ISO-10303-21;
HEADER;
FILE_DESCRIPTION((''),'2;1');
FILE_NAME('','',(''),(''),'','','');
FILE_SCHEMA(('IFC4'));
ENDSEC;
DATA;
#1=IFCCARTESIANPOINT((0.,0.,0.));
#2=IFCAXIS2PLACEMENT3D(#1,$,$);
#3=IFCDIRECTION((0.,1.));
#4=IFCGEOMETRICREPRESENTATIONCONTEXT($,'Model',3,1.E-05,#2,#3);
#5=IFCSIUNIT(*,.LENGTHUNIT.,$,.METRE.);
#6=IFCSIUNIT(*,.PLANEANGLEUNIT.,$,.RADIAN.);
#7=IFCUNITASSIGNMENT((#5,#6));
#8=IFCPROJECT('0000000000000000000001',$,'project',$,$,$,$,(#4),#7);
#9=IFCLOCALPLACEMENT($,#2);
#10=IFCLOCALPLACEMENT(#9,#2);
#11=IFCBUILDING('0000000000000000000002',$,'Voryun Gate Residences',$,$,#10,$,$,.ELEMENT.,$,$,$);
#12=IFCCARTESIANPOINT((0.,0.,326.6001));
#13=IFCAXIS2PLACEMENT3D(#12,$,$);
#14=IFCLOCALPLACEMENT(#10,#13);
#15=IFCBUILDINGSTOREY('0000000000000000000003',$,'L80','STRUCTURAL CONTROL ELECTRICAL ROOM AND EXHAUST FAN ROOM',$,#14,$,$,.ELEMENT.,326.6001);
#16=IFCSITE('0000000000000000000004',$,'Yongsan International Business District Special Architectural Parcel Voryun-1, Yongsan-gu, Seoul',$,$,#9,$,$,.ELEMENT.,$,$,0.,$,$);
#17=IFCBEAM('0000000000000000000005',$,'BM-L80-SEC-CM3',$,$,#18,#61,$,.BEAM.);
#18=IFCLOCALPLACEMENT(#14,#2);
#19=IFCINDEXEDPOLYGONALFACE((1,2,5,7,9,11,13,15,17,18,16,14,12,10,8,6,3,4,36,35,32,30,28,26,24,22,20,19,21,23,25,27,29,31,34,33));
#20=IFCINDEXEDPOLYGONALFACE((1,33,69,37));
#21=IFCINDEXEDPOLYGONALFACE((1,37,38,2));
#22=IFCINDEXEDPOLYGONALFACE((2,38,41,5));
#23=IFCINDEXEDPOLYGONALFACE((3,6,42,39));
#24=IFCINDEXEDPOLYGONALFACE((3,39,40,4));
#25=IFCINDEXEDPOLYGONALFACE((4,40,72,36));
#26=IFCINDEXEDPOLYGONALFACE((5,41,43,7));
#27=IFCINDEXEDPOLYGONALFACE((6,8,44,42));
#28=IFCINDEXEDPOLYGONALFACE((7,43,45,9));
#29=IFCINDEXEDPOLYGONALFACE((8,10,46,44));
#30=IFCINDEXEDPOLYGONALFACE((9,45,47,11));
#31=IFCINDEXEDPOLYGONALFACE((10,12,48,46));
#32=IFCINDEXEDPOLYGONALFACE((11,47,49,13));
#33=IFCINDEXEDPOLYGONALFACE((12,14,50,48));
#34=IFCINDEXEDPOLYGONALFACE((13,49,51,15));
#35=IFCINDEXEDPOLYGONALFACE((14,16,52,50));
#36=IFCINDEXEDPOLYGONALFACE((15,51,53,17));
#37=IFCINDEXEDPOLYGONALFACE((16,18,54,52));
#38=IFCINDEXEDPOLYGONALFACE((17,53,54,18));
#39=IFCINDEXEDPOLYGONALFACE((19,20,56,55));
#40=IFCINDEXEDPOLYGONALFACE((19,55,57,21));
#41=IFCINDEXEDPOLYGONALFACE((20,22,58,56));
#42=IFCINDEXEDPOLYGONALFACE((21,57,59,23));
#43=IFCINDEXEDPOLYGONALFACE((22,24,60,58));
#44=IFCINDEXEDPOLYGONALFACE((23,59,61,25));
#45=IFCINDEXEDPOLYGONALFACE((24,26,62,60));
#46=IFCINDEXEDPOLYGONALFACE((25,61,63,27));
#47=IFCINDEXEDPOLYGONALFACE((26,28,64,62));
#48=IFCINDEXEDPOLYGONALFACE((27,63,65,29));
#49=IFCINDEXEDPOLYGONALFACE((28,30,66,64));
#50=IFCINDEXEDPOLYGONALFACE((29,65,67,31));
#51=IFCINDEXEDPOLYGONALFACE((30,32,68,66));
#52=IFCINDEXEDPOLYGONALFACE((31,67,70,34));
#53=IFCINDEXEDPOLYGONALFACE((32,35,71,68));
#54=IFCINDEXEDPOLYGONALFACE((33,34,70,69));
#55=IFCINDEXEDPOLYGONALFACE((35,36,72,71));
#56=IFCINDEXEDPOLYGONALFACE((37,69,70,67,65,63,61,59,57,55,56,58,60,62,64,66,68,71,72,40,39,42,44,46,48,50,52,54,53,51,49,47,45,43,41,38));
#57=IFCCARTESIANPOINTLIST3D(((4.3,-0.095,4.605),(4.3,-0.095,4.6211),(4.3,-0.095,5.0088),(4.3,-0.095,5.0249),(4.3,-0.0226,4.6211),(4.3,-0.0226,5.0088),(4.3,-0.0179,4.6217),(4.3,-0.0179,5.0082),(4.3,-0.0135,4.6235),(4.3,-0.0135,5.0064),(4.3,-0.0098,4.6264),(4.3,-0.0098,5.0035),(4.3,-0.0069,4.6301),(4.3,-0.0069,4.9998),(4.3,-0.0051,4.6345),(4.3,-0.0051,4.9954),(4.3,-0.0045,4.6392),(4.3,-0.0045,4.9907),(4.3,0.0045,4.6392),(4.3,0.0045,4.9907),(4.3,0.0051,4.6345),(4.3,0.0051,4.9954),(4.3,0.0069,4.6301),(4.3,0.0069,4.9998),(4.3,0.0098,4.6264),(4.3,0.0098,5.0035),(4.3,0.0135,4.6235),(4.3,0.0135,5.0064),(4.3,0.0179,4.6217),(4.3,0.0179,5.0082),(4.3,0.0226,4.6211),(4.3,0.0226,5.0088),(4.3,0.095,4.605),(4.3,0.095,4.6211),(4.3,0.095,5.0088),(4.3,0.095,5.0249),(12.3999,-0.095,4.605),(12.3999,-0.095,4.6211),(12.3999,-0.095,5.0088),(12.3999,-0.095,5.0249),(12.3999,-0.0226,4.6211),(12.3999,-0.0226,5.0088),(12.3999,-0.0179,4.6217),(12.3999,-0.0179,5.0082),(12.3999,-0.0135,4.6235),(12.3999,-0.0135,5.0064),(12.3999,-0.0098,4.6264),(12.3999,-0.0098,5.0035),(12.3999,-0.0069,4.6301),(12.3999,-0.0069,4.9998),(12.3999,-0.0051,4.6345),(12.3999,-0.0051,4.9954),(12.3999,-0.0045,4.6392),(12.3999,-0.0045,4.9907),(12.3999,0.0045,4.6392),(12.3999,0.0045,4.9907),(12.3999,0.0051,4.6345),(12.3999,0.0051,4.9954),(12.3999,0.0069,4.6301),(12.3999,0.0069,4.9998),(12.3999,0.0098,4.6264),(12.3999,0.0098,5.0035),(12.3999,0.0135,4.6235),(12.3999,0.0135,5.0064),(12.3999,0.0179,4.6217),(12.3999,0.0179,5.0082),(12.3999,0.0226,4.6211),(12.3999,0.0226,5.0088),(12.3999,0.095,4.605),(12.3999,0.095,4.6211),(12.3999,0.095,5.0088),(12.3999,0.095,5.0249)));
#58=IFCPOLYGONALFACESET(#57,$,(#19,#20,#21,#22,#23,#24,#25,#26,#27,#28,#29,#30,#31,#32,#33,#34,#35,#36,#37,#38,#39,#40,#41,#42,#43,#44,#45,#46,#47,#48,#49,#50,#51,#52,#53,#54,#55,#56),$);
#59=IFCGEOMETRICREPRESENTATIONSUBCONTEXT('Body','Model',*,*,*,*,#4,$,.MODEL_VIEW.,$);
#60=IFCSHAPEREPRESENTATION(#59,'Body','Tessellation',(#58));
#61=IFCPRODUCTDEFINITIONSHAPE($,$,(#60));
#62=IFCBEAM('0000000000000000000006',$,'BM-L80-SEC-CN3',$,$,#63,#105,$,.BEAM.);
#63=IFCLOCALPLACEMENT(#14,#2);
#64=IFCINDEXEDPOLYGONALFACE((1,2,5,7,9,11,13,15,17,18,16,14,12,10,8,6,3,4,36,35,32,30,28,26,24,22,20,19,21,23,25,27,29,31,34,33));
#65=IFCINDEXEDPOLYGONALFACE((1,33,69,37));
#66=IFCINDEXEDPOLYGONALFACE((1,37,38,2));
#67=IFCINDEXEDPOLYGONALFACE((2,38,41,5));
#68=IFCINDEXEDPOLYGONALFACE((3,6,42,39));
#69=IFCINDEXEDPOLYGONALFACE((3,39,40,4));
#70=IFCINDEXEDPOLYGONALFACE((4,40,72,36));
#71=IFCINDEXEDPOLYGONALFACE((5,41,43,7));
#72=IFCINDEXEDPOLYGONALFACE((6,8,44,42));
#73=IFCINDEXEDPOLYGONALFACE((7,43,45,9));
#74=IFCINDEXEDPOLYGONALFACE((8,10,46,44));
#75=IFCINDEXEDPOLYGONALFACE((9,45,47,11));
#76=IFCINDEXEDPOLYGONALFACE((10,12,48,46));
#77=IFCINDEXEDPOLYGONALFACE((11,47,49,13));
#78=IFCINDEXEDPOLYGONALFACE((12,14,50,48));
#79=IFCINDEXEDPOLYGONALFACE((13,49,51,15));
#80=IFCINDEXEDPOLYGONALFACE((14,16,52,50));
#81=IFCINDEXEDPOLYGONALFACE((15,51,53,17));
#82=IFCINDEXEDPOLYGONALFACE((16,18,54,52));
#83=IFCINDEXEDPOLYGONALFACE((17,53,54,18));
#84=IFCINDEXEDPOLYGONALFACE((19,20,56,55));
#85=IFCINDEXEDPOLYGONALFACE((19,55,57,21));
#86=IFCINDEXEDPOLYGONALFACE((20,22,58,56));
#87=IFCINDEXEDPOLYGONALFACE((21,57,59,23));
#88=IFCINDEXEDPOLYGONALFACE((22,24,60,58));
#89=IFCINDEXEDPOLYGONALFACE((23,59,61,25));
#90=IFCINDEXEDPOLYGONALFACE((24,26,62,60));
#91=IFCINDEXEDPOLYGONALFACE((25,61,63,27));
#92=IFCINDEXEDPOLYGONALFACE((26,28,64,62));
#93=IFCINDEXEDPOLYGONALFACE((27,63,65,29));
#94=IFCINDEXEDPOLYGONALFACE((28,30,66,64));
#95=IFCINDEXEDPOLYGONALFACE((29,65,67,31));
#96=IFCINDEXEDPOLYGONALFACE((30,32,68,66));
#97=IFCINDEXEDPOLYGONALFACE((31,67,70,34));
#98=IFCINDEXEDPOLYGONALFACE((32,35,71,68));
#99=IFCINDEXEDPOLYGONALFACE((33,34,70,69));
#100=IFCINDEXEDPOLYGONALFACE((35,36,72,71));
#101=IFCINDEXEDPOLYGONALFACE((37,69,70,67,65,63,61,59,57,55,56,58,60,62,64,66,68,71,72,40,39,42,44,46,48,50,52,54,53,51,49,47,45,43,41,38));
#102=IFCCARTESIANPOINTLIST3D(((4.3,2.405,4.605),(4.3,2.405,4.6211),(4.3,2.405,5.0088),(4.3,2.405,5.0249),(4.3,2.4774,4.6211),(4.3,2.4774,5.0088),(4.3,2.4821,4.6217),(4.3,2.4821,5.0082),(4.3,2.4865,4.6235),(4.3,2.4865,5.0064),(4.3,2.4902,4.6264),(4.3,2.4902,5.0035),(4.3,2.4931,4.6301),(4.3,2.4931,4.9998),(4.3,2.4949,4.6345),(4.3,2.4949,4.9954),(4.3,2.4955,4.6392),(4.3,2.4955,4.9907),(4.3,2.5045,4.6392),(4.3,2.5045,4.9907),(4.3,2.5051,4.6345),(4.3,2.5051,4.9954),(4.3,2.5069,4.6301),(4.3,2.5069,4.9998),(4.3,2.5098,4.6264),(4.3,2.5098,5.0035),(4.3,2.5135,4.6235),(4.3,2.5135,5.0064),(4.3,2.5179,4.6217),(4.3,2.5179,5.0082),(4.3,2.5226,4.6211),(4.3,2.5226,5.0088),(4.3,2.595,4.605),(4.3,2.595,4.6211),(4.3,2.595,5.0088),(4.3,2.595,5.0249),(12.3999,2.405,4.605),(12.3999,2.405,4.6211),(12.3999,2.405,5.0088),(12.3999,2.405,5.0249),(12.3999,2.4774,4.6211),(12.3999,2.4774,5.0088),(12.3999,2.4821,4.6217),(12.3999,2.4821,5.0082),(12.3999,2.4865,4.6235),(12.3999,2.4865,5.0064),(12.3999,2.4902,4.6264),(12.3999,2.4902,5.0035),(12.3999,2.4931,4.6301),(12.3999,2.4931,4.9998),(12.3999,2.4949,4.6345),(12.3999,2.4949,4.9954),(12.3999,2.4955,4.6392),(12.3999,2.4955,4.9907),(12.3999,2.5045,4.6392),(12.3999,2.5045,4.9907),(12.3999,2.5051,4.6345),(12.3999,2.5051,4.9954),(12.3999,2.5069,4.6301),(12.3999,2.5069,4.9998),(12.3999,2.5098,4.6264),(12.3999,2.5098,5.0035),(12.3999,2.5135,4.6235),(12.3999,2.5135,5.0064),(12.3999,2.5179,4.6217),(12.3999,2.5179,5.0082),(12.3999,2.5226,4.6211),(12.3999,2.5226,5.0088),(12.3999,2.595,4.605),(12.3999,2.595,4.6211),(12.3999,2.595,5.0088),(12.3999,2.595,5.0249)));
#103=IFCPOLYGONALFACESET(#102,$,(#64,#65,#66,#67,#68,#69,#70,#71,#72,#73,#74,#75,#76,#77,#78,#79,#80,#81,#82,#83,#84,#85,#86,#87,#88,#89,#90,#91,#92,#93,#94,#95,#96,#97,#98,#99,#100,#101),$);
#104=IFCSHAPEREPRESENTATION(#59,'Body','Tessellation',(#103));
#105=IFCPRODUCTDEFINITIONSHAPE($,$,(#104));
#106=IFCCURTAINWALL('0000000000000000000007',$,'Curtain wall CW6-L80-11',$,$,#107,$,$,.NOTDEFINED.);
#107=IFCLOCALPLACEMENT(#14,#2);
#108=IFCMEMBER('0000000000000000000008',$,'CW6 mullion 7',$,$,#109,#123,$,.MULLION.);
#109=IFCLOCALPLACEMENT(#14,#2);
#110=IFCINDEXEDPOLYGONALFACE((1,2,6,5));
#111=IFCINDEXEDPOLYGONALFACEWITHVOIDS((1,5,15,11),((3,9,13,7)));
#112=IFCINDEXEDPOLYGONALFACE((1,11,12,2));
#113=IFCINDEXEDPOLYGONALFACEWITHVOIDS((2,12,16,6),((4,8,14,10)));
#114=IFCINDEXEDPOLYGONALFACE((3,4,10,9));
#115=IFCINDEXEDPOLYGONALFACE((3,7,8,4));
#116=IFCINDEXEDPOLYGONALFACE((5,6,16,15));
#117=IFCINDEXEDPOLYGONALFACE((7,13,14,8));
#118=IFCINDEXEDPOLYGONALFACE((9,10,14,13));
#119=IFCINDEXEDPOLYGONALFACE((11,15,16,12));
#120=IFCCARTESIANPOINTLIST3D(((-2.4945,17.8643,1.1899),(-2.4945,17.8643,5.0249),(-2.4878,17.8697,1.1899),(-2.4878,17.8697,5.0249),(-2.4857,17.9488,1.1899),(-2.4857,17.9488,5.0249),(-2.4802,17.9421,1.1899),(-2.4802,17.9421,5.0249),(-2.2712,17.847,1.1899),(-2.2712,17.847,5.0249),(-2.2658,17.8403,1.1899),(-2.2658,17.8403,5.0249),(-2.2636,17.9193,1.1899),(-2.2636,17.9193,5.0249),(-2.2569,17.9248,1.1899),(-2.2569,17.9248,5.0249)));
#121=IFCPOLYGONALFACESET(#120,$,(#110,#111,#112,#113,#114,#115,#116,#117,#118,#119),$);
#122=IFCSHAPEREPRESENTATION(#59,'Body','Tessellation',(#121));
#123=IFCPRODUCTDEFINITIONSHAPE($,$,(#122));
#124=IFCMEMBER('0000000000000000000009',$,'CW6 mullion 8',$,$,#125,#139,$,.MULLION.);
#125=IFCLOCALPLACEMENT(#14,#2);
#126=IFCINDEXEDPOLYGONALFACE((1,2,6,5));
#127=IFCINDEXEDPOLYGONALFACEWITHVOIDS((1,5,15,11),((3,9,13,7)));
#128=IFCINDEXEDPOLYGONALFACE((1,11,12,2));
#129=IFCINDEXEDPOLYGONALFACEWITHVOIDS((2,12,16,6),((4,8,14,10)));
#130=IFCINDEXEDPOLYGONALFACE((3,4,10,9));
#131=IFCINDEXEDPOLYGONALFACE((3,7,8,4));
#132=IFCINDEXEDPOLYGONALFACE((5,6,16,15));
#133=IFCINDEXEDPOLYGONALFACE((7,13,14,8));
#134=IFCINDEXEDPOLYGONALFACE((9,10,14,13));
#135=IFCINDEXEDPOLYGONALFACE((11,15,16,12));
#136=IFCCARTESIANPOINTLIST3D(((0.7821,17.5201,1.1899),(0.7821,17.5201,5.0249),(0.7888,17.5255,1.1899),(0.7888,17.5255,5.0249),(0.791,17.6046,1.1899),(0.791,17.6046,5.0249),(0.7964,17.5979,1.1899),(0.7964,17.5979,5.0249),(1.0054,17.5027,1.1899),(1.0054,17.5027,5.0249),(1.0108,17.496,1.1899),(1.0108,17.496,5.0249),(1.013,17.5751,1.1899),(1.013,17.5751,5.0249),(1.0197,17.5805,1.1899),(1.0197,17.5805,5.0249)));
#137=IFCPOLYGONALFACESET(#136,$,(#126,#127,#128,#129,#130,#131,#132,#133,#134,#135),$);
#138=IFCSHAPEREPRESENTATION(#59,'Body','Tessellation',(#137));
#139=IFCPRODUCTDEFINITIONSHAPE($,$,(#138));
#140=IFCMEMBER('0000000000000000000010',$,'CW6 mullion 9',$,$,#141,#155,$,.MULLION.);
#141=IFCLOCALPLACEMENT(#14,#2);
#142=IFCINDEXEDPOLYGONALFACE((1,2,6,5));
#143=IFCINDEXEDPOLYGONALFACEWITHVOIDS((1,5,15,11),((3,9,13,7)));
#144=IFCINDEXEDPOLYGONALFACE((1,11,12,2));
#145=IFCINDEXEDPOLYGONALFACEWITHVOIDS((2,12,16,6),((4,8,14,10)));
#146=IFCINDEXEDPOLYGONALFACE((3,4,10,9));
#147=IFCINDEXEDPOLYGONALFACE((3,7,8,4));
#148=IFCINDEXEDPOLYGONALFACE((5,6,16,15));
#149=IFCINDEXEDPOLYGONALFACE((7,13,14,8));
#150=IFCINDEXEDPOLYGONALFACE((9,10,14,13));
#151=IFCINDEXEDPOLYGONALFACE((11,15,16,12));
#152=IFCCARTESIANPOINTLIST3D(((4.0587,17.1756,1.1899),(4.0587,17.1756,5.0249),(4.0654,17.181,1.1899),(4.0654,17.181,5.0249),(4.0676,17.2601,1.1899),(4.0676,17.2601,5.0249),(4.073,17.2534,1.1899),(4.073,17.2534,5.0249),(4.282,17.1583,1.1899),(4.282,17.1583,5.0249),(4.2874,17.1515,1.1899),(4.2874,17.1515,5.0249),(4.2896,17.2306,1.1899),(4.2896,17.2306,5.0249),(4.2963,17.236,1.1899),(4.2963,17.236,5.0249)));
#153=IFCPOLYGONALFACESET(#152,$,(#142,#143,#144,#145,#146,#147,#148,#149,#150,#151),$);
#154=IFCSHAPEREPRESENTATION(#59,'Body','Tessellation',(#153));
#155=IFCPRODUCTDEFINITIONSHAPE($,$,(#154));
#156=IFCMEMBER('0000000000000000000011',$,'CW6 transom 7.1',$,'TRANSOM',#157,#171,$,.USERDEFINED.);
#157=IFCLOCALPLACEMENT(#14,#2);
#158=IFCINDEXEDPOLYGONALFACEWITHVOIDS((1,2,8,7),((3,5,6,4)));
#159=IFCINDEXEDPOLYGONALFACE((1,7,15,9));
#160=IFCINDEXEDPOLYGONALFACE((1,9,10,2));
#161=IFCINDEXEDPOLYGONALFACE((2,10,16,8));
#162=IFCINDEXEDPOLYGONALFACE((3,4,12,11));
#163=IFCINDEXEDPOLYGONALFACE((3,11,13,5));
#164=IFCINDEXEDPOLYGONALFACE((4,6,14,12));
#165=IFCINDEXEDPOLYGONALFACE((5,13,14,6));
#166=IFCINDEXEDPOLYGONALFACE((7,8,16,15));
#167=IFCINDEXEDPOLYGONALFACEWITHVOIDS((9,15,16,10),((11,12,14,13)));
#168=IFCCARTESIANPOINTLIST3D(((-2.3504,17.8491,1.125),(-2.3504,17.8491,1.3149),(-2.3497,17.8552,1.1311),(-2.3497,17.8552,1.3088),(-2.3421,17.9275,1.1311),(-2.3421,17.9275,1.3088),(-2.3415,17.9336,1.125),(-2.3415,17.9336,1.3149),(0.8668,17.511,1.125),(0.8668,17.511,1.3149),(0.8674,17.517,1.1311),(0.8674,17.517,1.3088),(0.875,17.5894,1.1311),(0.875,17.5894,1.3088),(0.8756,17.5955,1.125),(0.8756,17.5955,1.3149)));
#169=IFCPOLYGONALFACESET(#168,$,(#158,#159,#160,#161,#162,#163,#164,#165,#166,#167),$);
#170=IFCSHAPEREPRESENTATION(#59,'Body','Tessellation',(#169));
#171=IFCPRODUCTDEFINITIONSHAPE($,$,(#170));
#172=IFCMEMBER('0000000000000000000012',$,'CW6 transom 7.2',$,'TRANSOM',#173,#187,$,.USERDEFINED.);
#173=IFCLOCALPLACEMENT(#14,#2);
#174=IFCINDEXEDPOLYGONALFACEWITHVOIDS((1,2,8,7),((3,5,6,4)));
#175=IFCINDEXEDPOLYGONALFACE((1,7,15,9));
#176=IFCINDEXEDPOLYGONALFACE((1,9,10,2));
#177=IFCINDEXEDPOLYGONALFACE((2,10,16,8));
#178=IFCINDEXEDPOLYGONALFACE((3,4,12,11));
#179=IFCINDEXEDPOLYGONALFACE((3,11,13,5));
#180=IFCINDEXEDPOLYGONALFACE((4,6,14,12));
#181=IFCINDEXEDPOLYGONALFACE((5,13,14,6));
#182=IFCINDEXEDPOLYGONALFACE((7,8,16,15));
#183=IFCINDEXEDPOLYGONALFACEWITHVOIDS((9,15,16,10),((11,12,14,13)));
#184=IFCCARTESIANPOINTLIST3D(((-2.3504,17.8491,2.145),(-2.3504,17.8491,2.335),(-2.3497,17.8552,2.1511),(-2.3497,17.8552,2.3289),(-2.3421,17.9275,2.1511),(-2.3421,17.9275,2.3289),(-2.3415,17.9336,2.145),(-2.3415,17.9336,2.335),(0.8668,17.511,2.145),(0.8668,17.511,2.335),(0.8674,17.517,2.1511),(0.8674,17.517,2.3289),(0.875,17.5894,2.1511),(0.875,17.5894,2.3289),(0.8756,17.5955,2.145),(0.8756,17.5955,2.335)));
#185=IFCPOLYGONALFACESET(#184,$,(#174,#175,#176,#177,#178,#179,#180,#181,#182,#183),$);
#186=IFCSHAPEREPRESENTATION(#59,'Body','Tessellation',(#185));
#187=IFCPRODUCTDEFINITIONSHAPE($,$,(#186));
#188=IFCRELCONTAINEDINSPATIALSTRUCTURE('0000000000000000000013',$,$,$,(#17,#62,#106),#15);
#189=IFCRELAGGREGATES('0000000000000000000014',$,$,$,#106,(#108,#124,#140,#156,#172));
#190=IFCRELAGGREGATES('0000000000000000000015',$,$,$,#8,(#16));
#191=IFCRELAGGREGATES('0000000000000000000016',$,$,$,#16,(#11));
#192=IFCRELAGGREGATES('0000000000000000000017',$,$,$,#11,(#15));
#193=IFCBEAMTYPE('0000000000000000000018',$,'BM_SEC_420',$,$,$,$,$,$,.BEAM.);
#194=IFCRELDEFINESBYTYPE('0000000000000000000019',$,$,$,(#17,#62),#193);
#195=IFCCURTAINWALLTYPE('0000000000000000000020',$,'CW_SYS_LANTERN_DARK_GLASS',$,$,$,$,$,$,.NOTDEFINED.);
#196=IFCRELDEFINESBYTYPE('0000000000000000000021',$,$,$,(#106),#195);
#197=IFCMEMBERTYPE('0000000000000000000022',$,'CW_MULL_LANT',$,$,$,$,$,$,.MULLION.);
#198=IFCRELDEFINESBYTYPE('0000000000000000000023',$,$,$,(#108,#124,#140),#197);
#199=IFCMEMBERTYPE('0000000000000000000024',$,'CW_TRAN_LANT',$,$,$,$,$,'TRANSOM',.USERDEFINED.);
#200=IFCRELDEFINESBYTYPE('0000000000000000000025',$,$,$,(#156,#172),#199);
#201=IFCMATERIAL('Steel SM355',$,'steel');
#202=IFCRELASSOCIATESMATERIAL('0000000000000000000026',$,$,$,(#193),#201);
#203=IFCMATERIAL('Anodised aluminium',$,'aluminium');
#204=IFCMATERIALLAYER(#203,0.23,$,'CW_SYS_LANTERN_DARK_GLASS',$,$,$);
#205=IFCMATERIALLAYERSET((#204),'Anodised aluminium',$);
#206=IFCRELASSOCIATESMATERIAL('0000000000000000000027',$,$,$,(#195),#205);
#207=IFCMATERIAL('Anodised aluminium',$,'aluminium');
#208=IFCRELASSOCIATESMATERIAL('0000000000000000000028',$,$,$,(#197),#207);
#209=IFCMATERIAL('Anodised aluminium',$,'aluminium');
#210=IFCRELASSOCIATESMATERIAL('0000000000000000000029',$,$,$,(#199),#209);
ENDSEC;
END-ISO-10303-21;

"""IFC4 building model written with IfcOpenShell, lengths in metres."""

from ifc_helpers import new_model, si_unit, direction, frame, origin, origin_2d, place, context, subcontext, project, spatial, hollow_rectangle, i_section, extrude, material, layer, layer_set, material_profile, profile_set, type_object, element, aggregate, save


model = new_model("IFC4")

# Units and contexts
model_context = context("Model", 3, precision=1e-05, world=origin(), true_north=direction((0.0, 1.0)))
body_context = subcontext(model_context, "Body", "Model", "MODEL_VIEW")
ifc_project = project(units=[si_unit("LENGTHUNIT", "METRE"), si_unit("PLANEANGLEUNIT", "RADIAN")], contexts=[model_context])

# Site, building, storey
site_placement = place(None, origin())
site = spatial("IfcSite", under=ifc_project, at=site_placement, Name="Yongsan International Business District Special Architectural Parcel Voryun-1, Yongsan-gu, Seoul", CompositionType="ELEMENT", RefElevation=0.0)
building_placement = place(site_placement, origin())
building = spatial("IfcBuilding", under=site, at=building_placement, Name="Voryun Gate Residences", CompositionType="ELEMENT")
storey_placement = place(building_placement, frame((0.0, 0.0, 326.6001)))
storey = spatial("IfcBuildingStorey", under=building, at=storey_placement, Name="L80", Description="STRUCTURAL CONTROL ELECTRICAL ROOM AND EXHAUST FAN ROOM", CompositionType="ELEMENT", Elevation=326.6001)

# Beams
ifc_material_1 = material(Name="Steel SM355", Category="steel")
ifc_material_profile_1 = material_profile(ifc_material_1, i_section(OverallWidth=0.1899, OverallDepth=0.4199, WebThickness=0.009, FlangeThickness=0.0161, FilletRadius=0.0181, at=origin_2d()), Name="H-420x190x9x16")
ifc_profile_set_1 = profile_set([ifc_material_profile_1], Name="Steel SM355")
beam_type_1 = type_object("IfcBeamType", Name="BM_SEC_420", PredefinedType="BEAM", material=ifc_profile_set_1)
for number, where, z_axis, x_axis, name in (
    (1, (4.3, 0.0, 4.8149), (1.0, 0.0, 0.0), (0.0, 1.0, 0.0), "BM-L80-SEC-CM3"),
    (2, (4.3, 2.5, 4.8149), (1.0, 0.0, 0.0), (0.0, 1.0, 0.0), "BM-L80-SEC-CN3"),
):
    element("IfcBeam", number, at=place(storey_placement, frame(where, z_axis=z_axis, x_axis=x_axis)), inside=storey, type_object=beam_type_1, Name=name, PredefinedType="BEAM", context=body_context, shape_type="SweptSolid", body=[
        extrude(i_section(OverallWidth=0.1899, OverallDepth=0.4199, WebThickness=0.009, FlangeThickness=0.0161, FilletRadius=0.0181, at=origin_2d()), origin(), (0.0, 0.0, 1.0), 8.0999),
    ])

# Curtain wall, members
ifc_material_2 = material(Name="Anodised aluminium", Category="aluminium")
ifc_layer_1 = layer(ifc_material_2, 0.23, Name="CW_SYS_LANTERN_DARK_GLASS")
ifc_layer_set_1 = layer_set([ifc_layer_1], Name="Anodised aluminium")
curtain_wall_type = type_object("IfcCurtainWallType", Name="CW_SYS_LANTERN_DARK_GLASS", PredefinedType="NOTDEFINED", material=ifc_layer_set_1)
curtain_wall_placement = place(storey_placement, origin())
curtain_wall = element("IfcCurtainWall", 3, at=curtain_wall_placement, inside=storey, type_object=curtain_wall_type, Name="Curtain wall CW6-L80-11", PredefinedType="NOTDEFINED")
ifc_material_3 = material(Name="Anodised aluminium", Category="aluminium")
ifc_material_profile_2 = material_profile(ifc_material_3, hollow_rectangle(XDim=0.085, YDim=0.23, WallThickness=0.0061, at=origin_2d()), Name="ALU-MULL-230x85x6")
ifc_profile_set_2 = profile_set([ifc_material_profile_2], Name="Anodised aluminium")
member_type_1 = type_object("IfcMemberType", Name="CW_MULL_LANT", PredefinedType="MULLION", material=ifc_profile_set_2)
member_1_placement = place(storey_placement, frame((-2.3757, 17.8945, 1.1899), z_axis=(0.0, 0.0, 1.0), x_axis=(0.104528, 0.994522, 0.0)))
member_1 = element("IfcMember", 4, at=member_1_placement, type_object=member_type_1, Name="CW6 mullion 7", PredefinedType="MULLION", context=body_context, shape_type="SweptSolid", body=[
    extrude(hollow_rectangle(XDim=0.085, YDim=0.23, WallThickness=0.0061, at=origin_2d()), origin(), (0.0, 0.0, 1.0), 3.835),
])
member_2_placement = place(storey_placement, frame((0.9009, 17.5503, 1.1899), z_axis=(0.0, 0.0, 1.0), x_axis=(0.104528, 0.994522, 0.0)))
member_2 = element("IfcMember", 5, at=member_2_placement, type_object=member_type_1, Name="CW6 mullion 8", PredefinedType="MULLION", context=body_context, shape_type="SweptSolid", body=[
    extrude(hollow_rectangle(XDim=0.085, YDim=0.23, WallThickness=0.0061, at=origin_2d()), origin(), (0.0, 0.0, 1.0), 3.835),
])
member_3_placement = place(storey_placement, frame((4.1775, 17.2058, 1.1899), z_axis=(0.0, 0.0, 1.0), x_axis=(0.104528, 0.994522, 0.0)))
member_3 = element("IfcMember", 6, at=member_3_placement, type_object=member_type_1, Name="CW6 mullion 9", PredefinedType="MULLION", context=body_context, shape_type="SweptSolid", body=[
    extrude(hollow_rectangle(XDim=0.085, YDim=0.23, WallThickness=0.0061, at=origin_2d()), origin(), (0.0, 0.0, 1.0), 3.835),
])
ifc_material_4 = material(Name="Anodised aluminium", Category="aluminium")
ifc_material_profile_3 = material_profile(ifc_material_4, hollow_rectangle(XDim=0.085, YDim=0.1899, WallThickness=0.0061, at=origin_2d()), Name="ALU-TRAN-190x85x6")
ifc_profile_set_3 = profile_set([ifc_material_profile_3], Name="Anodised aluminium")
member_type_2 = type_object("IfcMemberType", Name="CW_TRAN_LANT", ElementType="TRANSOM", PredefinedType="USERDEFINED", material=ifc_profile_set_3)
member_4_placement = place(storey_placement, frame((-2.3459, 17.8914, 1.22), z_axis=(0.994522, -0.104532, 0.0), x_axis=(0.104532, 0.994522, 0.0)))
member_4 = element("IfcMember", 7, at=member_4_placement, type_object=member_type_2, Name="CW6 transom 7.1", ObjectType="TRANSOM", PredefinedType="USERDEFINED", context=body_context, shape_type="SweptSolid", body=[
    extrude(hollow_rectangle(XDim=0.085, YDim=0.1899, WallThickness=0.0061, at=origin_2d()), origin(), (0.0, 0.0, 1.0), 3.2349),
])
member_5_placement = place(storey_placement, frame((-2.3459, 17.8914, 2.24), z_axis=(0.994522, -0.104532, 0.0), x_axis=(0.104532, 0.994522, 0.0)))
member_5 = element("IfcMember", 8, at=member_5_placement, type_object=member_type_2, Name="CW6 transom 7.2", ObjectType="TRANSOM", PredefinedType="USERDEFINED", context=body_context, shape_type="SweptSolid", body=[
    extrude(hollow_rectangle(XDim=0.085, YDim=0.1899, WallThickness=0.0061, at=origin_2d()), origin(), (0.0, 0.0, 1.0), 3.2349),
])

aggregate(curtain_wall, [member_1, member_2, member_3, member_4, member_5])

save(model, "model.ifc")
